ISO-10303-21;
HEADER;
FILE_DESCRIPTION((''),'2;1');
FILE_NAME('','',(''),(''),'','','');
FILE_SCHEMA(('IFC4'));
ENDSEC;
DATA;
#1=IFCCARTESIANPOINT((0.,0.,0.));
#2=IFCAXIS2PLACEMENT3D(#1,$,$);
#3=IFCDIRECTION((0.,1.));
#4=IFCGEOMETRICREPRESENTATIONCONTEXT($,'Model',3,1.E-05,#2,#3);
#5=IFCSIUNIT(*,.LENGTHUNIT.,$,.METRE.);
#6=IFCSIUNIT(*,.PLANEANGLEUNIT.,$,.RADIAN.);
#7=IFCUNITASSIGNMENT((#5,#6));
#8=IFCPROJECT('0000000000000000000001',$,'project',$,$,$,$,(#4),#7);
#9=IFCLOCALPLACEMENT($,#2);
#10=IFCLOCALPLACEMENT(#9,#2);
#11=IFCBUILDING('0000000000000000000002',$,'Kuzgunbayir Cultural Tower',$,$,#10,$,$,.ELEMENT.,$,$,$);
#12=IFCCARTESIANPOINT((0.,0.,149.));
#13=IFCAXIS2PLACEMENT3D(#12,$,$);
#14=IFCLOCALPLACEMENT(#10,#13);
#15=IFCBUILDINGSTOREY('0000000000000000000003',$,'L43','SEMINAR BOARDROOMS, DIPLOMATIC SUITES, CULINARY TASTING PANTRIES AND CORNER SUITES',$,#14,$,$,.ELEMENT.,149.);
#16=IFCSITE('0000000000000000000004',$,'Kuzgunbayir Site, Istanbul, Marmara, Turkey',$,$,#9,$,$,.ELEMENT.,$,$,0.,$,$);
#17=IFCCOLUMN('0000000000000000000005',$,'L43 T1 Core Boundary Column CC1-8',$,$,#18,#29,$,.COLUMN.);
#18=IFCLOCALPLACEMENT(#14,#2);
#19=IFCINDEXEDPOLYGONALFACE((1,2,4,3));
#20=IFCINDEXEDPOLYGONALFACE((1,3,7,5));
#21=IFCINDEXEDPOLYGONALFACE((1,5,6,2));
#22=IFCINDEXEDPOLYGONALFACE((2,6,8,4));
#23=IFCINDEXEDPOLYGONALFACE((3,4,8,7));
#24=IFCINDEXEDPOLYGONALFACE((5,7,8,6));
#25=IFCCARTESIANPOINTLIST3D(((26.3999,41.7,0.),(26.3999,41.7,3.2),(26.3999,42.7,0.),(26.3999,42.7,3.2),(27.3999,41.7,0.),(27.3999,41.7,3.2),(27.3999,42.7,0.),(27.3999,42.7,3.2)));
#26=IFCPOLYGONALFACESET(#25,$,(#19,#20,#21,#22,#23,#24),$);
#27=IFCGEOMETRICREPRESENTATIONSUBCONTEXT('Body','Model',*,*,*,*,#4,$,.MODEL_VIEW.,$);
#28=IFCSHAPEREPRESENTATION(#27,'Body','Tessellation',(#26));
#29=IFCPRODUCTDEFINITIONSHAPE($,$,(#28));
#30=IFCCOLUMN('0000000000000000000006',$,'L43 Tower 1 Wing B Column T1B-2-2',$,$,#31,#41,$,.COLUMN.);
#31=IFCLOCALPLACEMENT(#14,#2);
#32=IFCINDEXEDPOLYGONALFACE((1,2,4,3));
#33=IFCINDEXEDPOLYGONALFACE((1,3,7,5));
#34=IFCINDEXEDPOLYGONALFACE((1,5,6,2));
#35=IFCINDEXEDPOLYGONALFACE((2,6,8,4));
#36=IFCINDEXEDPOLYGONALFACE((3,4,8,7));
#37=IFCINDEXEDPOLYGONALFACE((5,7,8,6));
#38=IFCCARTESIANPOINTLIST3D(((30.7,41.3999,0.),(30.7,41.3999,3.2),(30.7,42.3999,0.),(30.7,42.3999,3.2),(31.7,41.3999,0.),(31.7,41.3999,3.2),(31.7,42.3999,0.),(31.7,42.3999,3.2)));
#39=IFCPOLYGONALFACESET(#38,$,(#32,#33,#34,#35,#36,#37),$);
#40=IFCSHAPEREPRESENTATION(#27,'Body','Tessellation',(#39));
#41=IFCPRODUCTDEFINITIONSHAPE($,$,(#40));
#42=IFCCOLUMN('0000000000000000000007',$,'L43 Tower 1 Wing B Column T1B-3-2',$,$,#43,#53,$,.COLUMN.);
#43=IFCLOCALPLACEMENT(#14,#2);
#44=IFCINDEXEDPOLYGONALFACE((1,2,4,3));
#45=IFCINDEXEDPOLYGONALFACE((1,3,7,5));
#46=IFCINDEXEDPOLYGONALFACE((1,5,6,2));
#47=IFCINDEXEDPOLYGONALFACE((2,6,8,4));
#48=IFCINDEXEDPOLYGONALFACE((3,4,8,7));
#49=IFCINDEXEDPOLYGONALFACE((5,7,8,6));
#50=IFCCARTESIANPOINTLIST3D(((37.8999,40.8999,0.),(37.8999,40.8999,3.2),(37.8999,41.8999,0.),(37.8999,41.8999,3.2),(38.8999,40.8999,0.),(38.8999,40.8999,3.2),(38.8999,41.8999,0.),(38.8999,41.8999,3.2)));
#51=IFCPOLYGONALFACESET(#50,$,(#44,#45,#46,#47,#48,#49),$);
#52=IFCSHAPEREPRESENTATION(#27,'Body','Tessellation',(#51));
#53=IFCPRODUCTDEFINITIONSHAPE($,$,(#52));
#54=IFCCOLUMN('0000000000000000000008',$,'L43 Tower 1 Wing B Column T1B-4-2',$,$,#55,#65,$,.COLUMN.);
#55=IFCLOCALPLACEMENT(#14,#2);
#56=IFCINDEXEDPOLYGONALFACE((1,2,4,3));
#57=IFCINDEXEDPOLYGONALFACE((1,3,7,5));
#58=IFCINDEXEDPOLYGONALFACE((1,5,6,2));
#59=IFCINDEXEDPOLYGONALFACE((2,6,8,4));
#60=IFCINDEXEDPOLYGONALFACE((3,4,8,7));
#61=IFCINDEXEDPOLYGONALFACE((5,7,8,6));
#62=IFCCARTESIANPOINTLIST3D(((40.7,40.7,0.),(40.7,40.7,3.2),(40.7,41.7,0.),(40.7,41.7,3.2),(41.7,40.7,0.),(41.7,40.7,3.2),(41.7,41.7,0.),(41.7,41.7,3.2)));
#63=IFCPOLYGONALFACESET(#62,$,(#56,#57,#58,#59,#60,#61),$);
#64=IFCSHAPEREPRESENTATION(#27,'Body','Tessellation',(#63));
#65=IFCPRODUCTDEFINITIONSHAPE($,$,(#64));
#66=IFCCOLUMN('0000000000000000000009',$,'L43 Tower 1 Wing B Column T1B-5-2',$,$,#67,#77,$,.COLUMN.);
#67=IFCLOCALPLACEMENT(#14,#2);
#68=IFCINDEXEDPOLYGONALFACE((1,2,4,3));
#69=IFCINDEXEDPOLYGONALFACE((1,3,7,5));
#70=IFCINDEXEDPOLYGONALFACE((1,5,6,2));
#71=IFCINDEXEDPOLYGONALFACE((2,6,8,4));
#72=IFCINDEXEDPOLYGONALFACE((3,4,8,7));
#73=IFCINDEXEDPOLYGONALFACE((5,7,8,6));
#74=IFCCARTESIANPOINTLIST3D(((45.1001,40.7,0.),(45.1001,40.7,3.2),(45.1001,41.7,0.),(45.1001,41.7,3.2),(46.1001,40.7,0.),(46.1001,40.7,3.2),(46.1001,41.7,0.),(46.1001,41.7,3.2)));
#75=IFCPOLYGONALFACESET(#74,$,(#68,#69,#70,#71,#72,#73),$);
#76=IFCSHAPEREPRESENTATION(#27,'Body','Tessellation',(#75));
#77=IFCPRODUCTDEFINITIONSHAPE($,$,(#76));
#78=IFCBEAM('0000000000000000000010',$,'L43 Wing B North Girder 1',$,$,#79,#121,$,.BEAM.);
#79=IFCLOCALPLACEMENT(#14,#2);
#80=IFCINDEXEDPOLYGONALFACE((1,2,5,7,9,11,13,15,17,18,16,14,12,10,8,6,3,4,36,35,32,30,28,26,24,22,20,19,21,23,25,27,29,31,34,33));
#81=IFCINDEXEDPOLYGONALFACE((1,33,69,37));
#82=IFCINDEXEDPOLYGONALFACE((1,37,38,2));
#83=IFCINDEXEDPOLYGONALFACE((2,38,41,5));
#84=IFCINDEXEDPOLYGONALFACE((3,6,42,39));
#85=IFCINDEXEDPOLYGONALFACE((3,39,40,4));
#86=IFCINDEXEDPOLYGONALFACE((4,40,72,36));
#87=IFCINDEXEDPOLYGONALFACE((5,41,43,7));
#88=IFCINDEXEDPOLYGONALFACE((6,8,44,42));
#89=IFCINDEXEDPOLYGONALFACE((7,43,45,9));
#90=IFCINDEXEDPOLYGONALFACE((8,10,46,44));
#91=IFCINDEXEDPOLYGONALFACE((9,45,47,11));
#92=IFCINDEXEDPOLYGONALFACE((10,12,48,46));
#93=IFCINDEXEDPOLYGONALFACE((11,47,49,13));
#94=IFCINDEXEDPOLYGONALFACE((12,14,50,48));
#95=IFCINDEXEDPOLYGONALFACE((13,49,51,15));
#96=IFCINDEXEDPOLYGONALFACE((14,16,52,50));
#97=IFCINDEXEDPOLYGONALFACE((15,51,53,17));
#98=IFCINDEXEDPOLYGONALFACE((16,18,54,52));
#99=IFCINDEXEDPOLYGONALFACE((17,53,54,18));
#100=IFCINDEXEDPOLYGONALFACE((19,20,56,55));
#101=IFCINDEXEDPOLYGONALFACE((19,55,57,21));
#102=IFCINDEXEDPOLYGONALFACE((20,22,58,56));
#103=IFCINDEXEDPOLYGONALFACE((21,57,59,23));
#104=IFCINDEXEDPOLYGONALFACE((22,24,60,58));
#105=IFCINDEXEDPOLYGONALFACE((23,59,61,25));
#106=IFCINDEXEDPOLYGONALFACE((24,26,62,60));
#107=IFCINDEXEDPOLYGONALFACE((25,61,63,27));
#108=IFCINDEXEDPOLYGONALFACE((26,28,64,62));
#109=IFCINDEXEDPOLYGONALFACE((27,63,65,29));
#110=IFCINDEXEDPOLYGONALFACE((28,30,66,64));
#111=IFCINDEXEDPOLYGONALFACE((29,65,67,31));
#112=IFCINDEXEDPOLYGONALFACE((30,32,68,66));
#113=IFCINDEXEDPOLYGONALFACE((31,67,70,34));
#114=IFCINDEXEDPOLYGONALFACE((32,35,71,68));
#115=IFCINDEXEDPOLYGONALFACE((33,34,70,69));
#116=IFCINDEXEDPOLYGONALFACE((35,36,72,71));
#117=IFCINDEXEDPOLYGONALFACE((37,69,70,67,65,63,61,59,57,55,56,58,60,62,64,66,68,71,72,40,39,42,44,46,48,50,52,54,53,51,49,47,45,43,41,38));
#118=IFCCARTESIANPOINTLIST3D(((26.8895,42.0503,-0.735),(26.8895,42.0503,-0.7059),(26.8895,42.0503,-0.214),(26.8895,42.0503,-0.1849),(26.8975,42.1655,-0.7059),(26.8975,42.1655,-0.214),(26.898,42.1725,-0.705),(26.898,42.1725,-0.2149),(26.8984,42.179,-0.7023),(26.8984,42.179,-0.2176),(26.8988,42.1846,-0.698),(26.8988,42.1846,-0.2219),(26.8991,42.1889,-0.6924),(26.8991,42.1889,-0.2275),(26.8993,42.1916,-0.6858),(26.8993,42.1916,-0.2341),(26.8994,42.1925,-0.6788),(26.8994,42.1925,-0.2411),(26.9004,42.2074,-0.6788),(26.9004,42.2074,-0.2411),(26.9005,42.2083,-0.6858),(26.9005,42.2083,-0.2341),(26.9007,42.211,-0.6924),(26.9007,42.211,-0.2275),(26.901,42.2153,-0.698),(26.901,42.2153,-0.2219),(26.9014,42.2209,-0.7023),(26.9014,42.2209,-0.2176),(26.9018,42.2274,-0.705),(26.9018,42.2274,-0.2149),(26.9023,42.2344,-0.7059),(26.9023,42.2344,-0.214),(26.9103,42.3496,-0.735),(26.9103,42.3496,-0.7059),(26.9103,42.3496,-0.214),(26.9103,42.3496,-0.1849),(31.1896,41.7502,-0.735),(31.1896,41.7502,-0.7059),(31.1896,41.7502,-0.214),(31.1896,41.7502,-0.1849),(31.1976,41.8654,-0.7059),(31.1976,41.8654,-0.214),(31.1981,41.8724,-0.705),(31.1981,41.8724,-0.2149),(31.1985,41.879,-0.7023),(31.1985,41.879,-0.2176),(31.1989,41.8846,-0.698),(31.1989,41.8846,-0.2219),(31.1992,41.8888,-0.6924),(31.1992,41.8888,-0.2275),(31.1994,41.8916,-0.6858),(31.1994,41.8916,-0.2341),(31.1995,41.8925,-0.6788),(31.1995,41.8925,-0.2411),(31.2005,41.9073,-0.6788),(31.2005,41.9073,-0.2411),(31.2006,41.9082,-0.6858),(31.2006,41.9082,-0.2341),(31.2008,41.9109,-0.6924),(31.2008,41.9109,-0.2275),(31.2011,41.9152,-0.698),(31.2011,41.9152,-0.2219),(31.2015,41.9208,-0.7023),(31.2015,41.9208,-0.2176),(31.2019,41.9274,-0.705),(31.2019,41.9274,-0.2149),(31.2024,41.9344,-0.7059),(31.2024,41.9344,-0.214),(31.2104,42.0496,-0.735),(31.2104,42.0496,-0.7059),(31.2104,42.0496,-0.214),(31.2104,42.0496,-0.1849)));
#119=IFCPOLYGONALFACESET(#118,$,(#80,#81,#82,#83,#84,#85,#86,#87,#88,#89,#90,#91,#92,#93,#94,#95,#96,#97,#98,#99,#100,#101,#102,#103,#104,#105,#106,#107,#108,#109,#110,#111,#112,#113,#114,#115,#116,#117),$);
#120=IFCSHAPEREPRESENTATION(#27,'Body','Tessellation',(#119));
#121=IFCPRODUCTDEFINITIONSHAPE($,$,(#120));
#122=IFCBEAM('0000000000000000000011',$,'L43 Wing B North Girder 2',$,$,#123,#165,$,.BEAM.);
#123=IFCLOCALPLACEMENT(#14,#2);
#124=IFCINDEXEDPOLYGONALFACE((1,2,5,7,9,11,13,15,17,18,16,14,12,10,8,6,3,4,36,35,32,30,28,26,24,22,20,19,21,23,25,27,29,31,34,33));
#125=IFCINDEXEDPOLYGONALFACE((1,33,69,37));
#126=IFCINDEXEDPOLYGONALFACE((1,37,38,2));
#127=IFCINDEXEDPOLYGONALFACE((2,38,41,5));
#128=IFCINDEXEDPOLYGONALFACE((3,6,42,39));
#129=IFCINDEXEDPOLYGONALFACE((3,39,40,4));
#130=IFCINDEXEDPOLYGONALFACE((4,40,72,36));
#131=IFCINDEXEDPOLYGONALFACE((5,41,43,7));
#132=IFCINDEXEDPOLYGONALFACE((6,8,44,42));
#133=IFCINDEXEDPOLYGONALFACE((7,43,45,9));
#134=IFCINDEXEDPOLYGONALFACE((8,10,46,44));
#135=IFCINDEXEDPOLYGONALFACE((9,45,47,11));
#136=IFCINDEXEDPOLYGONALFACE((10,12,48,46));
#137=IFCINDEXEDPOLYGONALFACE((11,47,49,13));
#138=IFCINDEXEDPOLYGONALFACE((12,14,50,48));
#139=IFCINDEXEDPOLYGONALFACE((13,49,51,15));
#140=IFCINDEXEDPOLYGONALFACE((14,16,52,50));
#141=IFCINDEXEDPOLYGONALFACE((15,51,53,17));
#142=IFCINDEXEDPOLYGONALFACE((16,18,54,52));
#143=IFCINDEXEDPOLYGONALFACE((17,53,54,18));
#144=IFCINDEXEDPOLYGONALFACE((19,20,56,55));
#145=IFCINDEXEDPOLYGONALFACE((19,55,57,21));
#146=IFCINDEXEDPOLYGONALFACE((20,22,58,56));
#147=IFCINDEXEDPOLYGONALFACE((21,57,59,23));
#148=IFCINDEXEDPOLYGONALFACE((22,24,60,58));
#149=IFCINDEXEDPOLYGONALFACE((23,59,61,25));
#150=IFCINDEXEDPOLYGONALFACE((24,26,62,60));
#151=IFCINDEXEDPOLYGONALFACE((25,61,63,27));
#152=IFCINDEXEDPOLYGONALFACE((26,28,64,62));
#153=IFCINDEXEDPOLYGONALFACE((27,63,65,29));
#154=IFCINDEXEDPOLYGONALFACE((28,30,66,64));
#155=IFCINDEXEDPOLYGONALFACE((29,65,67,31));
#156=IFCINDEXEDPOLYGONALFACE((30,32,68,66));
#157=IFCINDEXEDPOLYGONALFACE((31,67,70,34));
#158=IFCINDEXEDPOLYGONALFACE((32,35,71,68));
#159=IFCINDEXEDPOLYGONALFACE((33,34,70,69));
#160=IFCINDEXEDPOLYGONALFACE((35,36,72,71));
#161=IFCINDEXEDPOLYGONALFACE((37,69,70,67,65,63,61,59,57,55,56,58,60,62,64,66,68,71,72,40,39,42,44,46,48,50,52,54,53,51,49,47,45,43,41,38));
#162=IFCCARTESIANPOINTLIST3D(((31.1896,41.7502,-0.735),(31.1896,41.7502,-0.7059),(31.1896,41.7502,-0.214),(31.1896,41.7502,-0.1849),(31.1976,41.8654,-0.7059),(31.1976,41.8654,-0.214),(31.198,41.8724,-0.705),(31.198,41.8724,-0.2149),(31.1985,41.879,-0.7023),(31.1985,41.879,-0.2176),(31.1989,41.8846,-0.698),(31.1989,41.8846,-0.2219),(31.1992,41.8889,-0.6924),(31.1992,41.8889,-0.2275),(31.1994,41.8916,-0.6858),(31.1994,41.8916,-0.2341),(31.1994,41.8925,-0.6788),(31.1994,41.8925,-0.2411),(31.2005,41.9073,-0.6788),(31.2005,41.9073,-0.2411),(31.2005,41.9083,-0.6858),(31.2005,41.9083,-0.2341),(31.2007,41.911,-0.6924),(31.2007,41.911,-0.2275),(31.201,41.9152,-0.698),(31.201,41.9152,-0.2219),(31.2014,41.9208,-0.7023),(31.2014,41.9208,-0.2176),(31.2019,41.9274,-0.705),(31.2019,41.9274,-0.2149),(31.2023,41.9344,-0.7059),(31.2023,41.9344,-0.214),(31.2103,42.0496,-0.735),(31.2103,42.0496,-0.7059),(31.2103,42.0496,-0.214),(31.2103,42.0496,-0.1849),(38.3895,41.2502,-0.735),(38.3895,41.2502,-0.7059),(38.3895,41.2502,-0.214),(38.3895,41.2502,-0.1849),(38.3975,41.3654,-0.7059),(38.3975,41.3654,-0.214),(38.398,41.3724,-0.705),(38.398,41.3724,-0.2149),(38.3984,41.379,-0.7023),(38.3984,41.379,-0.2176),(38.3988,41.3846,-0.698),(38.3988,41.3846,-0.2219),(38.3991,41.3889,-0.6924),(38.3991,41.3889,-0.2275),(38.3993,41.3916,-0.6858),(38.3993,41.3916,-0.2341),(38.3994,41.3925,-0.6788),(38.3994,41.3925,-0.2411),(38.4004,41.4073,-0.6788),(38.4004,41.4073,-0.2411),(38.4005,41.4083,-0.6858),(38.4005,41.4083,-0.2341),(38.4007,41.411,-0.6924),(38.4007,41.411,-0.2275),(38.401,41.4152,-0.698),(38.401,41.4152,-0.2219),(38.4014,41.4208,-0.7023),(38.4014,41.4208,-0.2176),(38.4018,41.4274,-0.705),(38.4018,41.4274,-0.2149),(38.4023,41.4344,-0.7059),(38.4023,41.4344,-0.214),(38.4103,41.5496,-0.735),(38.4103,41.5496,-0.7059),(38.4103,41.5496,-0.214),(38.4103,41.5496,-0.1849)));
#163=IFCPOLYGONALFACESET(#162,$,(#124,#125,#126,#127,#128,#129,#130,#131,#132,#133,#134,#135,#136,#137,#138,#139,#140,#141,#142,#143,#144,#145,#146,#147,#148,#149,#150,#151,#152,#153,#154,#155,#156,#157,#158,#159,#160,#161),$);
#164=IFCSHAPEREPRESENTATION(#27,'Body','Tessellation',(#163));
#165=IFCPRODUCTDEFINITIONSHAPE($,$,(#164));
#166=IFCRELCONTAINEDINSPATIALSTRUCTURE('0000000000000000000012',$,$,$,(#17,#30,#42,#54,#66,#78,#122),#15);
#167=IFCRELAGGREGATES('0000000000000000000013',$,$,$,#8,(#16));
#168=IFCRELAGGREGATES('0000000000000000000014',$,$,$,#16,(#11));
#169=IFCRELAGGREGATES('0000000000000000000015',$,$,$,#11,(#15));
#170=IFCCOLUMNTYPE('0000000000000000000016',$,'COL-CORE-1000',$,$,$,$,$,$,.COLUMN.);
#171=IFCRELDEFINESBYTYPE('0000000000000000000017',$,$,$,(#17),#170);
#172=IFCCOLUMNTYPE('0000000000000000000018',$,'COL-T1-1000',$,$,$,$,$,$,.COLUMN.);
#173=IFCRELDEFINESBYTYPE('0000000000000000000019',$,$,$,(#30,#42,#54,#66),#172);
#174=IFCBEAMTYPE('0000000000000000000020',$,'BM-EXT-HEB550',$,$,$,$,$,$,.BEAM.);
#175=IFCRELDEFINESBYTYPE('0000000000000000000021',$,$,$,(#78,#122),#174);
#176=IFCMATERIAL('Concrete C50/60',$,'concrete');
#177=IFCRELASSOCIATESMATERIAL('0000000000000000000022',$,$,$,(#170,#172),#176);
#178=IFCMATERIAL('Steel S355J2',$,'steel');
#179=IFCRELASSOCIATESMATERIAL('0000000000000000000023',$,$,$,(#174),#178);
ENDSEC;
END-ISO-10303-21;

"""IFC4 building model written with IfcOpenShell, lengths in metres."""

from ifc_helpers import new_model, si_unit, direction, frame, origin, origin_2d, place, context, subcontext, project, spatial, rectangle, i_section, extrude, material, material_profile, profile_set, type_object, element, save


model = new_model("IFC4")

# Units and contexts
model_context = context("Model", 3, precision=1e-05, world=origin(), true_north=direction((0.0, 1.0)))
body_context = subcontext(model_context, "Body", "Model", "MODEL_VIEW")
ifc_project = project(units=[si_unit("LENGTHUNIT", "METRE"), si_unit("PLANEANGLEUNIT", "RADIAN")], contexts=[model_context])

# Site, building, storey
site_placement = place(None, origin())
site = spatial("IfcSite", under=ifc_project, at=site_placement, Name="Kuzgunbayir Site, Istanbul, Marmara, Turkey", CompositionType="ELEMENT", RefElevation=0.0)
building_placement = place(site_placement, origin())
building = spatial("IfcBuilding", under=site, at=building_placement, Name="Kuzgunbayir Cultural Tower", CompositionType="ELEMENT")
storey_placement = place(building_placement, frame((0.0, 0.0, 149.0)))
storey = spatial("IfcBuildingStorey", under=building, at=storey_placement, Name="L43", Description="SEMINAR BOARDROOMS, DIPLOMATIC SUITES, CULINARY TASTING PANTRIES AND CORNER SUITES", CompositionType="ELEMENT", Elevation=149.0)

# Columns
ifc_material_1 = material(Name="Concrete C50/60", Category="concrete")
ifc_material_profile_1 = material_profile(ifc_material_1, rectangle(XDim=1.0, YDim=1.0, at=origin_2d()), Name="RC 1000x1000")
ifc_profile_set_1 = profile_set([ifc_material_profile_1], Name="Concrete C50/60")
column_type_1 = type_object("IfcColumnType", Name="COL-CORE-1000", PredefinedType="COLUMN", material=ifc_profile_set_1)
column_placement = place(storey_placement, frame((26.8999, 42.2, 0.0), z_axis=(0.0, 0.0, 1.0), x_axis=(1.0, 0.0, 0.0)))
element("IfcColumn", 1, at=column_placement, inside=storey, type_object=column_type_1, Name="L43 T1 Core Boundary Column CC1-8", PredefinedType="COLUMN", context=body_context, shape_type="SweptSolid", body=[
    extrude(rectangle(XDim=1.0, YDim=1.0, at=origin_2d()), origin(), (0.0, 0.0, 1.0), 3.2),
])
ifc_material_profile_2 = material_profile(ifc_material_1, rectangle(XDim=1.0, YDim=1.0, at=origin_2d()), Name="RC 1000x1000")
ifc_profile_set_2 = profile_set([ifc_material_profile_2], Name="Concrete C50/60")
column_type_2 = type_object("IfcColumnType", Name="COL-T1-1000", PredefinedType="COLUMN", material=ifc_profile_set_2)
for number, where, z_axis, x_axis, name in (
    (2, (31.2, 41.8999, 0.0), (0.0, 0.0, 1.0), (1.0, 0.0, 0.0), "L43 Tower 1 Wing B Column T1B-2-2"),
    (3, (38.3999, 41.3999, 0.0), (0.0, 0.0, 1.0), (1.0, 0.0, 0.0), "L43 Tower 1 Wing B Column T1B-3-2"),
    (4, (41.2, 41.2, 0.0), (0.0, 0.0, 1.0), (1.0, 0.0, 0.0), "L43 Tower 1 Wing B Column T1B-4-2"),
    (5, (45.6001, 41.2, 0.0), (0.0, 0.0, 1.0), (1.0, 0.0, 0.0), "L43 Tower 1 Wing B Column T1B-5-2"),
):
    element("IfcColumn", number, at=place(storey_placement, frame(where, z_axis=z_axis, x_axis=x_axis)), inside=storey, type_object=column_type_2, Name=name, PredefinedType="COLUMN", context=body_context, shape_type="SweptSolid", body=[
        extrude(rectangle(XDim=1.0, YDim=1.0, at=origin_2d()), origin(), (0.0, 0.0, 1.0), 3.2),
    ])

# Beams
ifc_material_2 = material(Name="Steel S355J2", Category="steel")
ifc_material_profile_3 = material_profile(ifc_material_2, i_section(OverallWidth=0.3, OverallDepth=0.55, WebThickness=0.0149, FlangeThickness=0.0291, FilletRadius=0.0271, at=origin_2d()), Name="HEB 550")
ifc_profile_set_3 = profile_set([ifc_material_profile_3], Name="Steel S355J2")
beam_type_1 = type_object("IfcBeamType", Name="BM-EXT-HEB550", PredefinedType="BEAM", material=ifc_profile_set_3)
beam_1_placement = place(storey_placement, frame((26.8999, 42.2, -0.46), z_axis=(0.997574, -0.069609, 0.0), x_axis=(0.069609, 0.997574, 0.0)))
element("IfcBeam", 6, at=beam_1_placement, inside=storey, type_object=beam_type_1, Name="L43 Wing B North Girder 1", PredefinedType="BEAM", context=body_context, shape_type="SweptSolid", body=[
    extrude(i_section(OverallWidth=0.3, OverallDepth=0.55, WebThickness=0.0149, FlangeThickness=0.0291, FilletRadius=0.0271, at=origin_2d()), origin(), (0.0, 0.0, 1.0), 4.3105),
])
beam_2_placement = place(storey_placement, frame((31.2, 41.8999, -0.46), z_axis=(0.997597, -0.069278, 0.0), x_axis=(0.069278, 0.997597, 0.0)))
element("IfcBeam", 7, at=beam_2_placement, inside=storey, type_object=beam_type_1, Name="L43 Wing B North Girder 2", PredefinedType="BEAM", context=body_context, shape_type="SweptSolid", body=[
    extrude(i_section(OverallWidth=0.3, OverallDepth=0.55, WebThickness=0.0149, FlangeThickness=0.0291, FilletRadius=0.0271, at=origin_2d()), origin(), (0.0, 0.0, 1.0), 7.2173),
])

save(model, "model.ifc")
